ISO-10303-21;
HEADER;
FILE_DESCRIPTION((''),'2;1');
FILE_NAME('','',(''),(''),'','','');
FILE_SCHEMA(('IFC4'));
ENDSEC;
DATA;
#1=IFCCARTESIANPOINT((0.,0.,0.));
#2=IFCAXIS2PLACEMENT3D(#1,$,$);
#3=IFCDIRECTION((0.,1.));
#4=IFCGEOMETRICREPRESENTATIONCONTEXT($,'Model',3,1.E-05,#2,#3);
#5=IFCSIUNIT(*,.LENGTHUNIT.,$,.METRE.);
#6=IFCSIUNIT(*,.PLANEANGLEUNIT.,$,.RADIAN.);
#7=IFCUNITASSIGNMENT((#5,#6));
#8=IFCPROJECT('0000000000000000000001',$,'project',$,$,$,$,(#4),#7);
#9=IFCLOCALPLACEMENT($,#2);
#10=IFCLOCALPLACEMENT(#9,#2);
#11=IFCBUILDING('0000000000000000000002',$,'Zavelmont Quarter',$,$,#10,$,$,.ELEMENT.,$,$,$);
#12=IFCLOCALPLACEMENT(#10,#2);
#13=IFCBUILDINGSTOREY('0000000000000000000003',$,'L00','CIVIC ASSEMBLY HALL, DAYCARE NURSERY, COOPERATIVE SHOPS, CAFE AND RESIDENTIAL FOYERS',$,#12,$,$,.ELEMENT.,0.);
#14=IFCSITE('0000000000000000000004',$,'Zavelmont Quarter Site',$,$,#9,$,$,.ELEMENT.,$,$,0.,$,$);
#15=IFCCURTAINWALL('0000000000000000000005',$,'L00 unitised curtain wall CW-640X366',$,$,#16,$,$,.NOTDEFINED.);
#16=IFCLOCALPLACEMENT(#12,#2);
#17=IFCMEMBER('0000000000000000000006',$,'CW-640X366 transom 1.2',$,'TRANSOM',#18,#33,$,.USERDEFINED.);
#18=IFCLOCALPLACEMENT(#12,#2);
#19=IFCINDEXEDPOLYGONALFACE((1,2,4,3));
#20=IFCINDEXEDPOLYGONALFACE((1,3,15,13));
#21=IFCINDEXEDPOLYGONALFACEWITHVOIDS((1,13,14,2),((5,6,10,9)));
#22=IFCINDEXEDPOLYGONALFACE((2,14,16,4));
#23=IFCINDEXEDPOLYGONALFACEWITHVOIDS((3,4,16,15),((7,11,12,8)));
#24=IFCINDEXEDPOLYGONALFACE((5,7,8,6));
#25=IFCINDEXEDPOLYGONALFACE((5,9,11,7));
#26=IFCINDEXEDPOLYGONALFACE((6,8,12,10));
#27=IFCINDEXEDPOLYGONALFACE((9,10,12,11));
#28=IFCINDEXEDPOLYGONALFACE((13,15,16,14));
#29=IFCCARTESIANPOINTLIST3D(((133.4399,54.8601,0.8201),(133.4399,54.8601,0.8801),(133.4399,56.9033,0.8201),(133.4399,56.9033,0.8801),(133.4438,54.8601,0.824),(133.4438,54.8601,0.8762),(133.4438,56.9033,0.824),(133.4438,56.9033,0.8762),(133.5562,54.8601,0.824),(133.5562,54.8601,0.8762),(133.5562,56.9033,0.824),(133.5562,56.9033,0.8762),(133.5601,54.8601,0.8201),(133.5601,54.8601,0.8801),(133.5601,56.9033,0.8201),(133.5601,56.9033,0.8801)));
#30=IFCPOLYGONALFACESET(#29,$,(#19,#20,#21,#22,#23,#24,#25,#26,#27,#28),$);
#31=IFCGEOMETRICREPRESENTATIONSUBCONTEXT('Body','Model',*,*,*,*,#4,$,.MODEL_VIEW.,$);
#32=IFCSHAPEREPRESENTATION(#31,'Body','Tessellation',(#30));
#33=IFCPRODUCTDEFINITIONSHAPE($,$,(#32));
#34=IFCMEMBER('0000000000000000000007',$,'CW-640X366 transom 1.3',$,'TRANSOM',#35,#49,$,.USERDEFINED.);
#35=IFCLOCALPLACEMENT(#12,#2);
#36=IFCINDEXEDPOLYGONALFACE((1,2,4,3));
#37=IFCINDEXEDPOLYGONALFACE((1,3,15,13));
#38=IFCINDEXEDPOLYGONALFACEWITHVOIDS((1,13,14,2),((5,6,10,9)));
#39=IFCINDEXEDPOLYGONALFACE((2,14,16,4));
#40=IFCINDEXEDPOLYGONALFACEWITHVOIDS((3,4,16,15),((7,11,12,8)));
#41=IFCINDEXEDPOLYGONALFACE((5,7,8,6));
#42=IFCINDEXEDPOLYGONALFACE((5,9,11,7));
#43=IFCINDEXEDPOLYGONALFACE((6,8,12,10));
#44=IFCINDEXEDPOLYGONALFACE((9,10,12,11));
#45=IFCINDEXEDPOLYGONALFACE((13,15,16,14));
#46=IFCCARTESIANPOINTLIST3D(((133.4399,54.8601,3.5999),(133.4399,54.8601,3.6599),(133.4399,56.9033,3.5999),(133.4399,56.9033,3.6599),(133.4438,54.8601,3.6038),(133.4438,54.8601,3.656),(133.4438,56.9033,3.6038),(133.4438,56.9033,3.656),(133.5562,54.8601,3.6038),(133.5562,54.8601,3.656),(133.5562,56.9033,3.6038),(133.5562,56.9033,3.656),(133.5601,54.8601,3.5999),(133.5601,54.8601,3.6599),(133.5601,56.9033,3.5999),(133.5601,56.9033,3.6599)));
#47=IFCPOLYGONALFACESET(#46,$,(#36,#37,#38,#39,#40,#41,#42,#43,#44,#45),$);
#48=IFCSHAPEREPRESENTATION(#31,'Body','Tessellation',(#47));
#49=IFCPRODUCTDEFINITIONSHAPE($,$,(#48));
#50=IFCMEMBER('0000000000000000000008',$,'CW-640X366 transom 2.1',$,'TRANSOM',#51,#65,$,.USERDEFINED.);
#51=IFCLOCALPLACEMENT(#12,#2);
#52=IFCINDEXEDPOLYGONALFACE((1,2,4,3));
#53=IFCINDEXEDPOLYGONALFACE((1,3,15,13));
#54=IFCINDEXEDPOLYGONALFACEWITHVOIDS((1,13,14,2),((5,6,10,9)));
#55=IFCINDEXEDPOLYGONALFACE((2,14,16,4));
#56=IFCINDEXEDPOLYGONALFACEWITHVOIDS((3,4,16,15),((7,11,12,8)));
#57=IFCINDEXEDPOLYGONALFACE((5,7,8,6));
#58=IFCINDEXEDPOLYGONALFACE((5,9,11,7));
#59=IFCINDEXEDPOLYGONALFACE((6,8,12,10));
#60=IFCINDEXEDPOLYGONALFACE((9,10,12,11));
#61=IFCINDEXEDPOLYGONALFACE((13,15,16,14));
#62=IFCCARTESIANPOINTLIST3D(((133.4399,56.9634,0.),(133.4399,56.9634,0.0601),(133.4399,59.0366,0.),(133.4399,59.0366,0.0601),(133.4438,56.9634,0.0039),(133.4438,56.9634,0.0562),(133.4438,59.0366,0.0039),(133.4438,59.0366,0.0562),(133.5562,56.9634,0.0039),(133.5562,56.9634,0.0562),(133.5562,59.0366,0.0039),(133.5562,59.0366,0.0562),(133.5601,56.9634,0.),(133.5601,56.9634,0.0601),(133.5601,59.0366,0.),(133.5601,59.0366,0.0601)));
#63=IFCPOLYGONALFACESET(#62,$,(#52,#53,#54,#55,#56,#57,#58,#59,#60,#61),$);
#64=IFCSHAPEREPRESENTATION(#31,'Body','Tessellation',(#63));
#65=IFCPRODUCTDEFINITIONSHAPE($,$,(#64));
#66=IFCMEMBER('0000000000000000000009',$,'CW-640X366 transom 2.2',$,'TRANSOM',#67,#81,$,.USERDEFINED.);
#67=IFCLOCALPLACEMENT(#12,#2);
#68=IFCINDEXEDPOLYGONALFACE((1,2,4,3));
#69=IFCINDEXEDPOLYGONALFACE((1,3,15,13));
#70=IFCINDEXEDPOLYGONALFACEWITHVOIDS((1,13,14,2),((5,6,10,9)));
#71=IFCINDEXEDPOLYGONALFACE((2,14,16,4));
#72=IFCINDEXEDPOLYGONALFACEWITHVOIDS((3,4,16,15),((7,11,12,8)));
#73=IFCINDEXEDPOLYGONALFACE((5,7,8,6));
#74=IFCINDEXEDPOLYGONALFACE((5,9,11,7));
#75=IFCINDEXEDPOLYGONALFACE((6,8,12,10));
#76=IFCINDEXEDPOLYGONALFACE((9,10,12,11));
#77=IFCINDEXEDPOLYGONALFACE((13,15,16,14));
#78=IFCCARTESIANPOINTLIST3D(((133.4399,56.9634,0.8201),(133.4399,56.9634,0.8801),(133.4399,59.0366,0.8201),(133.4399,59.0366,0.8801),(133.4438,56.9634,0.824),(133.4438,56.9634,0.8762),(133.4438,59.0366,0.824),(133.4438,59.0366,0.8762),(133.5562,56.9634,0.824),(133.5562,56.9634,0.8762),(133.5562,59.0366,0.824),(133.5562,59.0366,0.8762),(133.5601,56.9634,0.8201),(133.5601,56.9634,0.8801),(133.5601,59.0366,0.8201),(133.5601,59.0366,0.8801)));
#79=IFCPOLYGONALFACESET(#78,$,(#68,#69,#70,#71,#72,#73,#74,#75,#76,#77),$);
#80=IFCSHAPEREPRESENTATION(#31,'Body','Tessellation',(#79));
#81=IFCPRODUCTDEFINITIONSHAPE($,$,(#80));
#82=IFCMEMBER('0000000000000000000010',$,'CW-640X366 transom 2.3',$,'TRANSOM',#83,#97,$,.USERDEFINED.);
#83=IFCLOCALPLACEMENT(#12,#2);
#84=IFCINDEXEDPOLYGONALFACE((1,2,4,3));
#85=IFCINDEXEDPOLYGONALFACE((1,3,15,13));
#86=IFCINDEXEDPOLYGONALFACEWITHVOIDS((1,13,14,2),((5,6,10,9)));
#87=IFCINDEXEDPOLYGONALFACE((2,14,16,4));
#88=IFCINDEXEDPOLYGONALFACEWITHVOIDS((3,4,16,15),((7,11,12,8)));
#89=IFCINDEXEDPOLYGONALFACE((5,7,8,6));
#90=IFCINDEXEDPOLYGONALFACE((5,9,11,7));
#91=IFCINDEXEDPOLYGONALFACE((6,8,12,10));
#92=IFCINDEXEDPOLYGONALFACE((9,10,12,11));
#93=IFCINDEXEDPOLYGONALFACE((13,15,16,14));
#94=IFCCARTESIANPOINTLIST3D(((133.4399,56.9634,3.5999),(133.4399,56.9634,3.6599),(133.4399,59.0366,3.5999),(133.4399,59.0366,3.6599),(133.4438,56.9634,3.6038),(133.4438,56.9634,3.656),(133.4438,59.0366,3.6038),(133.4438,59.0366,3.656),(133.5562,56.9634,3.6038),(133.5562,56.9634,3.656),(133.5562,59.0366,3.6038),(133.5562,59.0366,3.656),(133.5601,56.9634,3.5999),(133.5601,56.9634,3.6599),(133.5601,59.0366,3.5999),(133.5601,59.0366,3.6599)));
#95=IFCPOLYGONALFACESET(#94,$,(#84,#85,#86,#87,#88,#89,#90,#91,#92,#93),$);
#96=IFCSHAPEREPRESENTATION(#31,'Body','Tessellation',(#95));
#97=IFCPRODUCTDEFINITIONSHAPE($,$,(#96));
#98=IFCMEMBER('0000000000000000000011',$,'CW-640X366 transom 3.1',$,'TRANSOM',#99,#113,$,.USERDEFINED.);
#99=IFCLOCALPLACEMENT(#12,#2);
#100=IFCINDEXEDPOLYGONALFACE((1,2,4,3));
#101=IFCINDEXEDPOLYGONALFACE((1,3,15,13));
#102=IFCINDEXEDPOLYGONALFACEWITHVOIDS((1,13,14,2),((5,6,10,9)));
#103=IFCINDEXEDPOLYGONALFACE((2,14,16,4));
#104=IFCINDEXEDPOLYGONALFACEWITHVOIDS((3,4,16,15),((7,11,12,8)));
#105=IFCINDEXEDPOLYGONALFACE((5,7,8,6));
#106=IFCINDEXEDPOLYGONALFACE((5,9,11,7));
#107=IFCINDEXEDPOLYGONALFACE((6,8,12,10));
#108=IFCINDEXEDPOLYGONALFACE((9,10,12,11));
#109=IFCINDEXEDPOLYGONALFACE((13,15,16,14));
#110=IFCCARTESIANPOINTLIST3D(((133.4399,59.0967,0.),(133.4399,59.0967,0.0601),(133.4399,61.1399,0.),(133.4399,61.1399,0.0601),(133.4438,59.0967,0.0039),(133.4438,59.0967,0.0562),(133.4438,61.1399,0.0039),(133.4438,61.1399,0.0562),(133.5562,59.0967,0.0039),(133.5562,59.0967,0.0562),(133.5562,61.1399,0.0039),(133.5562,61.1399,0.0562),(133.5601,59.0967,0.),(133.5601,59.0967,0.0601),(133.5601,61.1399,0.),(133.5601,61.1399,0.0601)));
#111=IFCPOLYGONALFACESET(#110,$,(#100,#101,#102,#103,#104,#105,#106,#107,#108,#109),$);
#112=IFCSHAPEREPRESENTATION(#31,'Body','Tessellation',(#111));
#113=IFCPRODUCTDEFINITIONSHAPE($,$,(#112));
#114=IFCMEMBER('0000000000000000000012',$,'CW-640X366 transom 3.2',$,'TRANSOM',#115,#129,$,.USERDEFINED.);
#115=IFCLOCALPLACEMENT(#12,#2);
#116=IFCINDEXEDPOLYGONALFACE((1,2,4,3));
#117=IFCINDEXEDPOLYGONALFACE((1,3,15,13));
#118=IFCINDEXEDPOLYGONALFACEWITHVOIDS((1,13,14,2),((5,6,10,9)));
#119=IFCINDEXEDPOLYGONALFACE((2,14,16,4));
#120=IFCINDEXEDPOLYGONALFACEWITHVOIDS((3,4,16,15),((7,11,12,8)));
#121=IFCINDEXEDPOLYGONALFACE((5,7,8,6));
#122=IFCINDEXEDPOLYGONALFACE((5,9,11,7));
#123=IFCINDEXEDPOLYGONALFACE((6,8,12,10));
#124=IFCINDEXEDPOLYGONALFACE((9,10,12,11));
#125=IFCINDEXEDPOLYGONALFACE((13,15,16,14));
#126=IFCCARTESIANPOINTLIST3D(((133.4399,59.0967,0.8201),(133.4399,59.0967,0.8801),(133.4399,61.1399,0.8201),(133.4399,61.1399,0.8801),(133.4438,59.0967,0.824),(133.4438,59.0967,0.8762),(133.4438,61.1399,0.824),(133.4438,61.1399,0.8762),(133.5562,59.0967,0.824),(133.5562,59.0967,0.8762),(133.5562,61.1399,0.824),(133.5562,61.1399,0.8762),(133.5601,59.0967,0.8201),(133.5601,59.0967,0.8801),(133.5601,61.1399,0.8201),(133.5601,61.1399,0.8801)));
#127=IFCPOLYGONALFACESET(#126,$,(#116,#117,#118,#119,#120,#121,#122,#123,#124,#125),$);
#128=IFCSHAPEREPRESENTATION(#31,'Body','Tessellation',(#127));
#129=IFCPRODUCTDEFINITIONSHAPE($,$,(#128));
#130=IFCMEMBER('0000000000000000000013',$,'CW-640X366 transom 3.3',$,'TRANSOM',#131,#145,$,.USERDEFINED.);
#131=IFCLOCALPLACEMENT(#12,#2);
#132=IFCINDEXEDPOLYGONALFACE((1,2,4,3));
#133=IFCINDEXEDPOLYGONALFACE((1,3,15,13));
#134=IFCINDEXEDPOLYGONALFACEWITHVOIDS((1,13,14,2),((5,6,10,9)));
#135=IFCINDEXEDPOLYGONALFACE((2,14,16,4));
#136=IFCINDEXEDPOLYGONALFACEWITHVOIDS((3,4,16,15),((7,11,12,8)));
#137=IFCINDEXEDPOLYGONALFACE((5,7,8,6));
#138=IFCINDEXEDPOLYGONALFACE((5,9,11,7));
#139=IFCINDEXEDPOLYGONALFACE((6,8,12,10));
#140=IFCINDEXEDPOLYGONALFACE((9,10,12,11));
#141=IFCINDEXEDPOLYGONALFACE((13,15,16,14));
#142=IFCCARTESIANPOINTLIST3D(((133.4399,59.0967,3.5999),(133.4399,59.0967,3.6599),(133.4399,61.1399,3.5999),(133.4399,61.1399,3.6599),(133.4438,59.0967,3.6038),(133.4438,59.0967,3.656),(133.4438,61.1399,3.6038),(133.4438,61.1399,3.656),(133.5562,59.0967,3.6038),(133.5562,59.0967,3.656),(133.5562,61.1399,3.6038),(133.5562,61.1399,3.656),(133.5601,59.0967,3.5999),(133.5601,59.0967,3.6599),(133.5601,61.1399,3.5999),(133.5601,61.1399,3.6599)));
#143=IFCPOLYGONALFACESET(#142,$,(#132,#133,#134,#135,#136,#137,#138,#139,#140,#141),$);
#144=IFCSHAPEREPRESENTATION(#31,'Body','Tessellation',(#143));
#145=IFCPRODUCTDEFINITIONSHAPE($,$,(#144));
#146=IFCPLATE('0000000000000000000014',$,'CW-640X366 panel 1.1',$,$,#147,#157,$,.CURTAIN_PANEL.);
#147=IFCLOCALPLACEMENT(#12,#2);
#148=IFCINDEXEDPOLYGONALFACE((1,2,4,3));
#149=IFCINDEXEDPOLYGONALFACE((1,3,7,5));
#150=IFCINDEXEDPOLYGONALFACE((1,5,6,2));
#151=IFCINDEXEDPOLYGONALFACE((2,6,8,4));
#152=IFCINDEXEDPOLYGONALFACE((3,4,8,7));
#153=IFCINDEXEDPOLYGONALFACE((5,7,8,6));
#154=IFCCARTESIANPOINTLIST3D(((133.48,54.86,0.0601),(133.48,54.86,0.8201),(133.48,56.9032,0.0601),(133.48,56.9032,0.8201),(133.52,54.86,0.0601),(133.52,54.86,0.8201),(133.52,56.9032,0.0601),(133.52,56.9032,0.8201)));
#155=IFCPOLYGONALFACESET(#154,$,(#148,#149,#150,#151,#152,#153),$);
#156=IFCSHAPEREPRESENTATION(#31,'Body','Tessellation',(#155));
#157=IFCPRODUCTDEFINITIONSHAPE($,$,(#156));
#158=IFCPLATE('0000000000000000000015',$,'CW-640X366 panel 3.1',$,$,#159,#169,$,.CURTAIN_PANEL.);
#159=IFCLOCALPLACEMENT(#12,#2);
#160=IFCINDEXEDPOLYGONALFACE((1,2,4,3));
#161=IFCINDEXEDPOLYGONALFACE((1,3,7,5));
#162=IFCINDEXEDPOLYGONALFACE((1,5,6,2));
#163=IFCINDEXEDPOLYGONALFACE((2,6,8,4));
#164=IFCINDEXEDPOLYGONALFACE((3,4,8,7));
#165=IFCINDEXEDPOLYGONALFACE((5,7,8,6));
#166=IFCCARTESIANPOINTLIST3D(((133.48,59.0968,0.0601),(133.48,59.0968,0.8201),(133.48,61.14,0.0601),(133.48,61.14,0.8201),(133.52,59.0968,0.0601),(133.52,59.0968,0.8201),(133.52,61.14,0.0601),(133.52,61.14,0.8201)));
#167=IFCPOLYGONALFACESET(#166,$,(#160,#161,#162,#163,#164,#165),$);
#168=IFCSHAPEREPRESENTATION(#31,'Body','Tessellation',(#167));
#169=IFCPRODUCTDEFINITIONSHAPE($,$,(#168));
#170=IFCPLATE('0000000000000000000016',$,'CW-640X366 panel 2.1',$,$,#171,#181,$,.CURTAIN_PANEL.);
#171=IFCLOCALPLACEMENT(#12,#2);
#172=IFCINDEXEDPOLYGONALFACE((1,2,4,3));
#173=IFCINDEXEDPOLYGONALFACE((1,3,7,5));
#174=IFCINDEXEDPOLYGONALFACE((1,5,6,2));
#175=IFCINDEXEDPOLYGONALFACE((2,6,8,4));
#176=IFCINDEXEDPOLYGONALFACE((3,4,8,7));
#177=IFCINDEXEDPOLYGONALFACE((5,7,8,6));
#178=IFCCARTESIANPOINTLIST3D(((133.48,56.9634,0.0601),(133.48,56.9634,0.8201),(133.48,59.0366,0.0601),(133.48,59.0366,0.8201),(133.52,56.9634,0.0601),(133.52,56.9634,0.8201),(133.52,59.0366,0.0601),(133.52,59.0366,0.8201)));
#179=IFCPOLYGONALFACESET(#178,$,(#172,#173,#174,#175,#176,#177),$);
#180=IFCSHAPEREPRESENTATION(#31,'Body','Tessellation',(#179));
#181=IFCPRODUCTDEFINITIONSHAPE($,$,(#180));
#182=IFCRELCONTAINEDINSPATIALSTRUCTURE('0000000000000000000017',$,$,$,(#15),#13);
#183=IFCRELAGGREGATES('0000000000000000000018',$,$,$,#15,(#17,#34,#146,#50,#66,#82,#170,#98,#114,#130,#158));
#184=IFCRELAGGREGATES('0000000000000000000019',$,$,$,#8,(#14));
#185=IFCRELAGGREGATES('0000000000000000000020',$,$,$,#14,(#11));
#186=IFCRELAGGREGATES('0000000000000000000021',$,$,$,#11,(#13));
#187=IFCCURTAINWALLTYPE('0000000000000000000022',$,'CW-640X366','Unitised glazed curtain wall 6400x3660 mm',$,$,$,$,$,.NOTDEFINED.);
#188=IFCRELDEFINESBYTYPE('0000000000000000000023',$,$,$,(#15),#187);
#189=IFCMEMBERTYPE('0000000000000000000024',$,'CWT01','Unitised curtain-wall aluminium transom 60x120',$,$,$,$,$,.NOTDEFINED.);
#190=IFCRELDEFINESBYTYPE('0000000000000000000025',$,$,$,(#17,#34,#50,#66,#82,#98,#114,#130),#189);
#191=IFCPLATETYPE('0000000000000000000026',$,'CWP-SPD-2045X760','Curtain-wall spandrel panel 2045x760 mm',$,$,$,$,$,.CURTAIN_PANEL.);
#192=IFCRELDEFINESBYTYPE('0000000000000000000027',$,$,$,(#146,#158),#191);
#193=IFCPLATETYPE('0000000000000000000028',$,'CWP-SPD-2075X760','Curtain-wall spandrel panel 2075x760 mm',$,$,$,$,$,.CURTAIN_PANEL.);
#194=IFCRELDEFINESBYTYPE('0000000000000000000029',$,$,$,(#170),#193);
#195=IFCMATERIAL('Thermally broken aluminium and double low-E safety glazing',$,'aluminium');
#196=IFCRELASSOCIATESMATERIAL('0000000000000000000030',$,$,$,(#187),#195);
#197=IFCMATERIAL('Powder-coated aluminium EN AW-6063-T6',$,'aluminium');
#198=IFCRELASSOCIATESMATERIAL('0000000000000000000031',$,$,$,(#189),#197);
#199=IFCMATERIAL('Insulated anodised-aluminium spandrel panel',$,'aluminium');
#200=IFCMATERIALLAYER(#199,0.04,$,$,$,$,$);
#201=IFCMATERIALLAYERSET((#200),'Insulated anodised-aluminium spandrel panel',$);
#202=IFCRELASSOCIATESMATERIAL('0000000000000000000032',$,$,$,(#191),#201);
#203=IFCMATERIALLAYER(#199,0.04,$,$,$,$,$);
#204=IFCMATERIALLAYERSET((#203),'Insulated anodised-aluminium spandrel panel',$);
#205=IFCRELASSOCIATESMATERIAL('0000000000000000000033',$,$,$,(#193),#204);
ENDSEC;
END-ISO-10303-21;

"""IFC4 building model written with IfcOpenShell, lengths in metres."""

from ifc_helpers import new_model, si_unit, direction, frame, origin, origin_2d, place, context, subcontext, project, spatial, rectangle, hollow_rectangle, extrude, material, layer, layer_set, material_profile, profile_set, type_object, element, aggregate, save


model = new_model("IFC4")

# Units and contexts
model_context = context("Model", 3, precision=1e-05, world=origin(), true_north=direction((0.0, 1.0)))
body_context = subcontext(model_context, "Body", "Model", "MODEL_VIEW")
ifc_project = project(units=[si_unit("LENGTHUNIT", "METRE"), si_unit("PLANEANGLEUNIT", "RADIAN")], contexts=[model_context])

# Site, building, storey
site_placement = place(None, origin())
site = spatial("IfcSite", under=ifc_project, at=site_placement, Name="Zavelmont Quarter Site", CompositionType="ELEMENT", RefElevation=0.0)
building_placement = place(site_placement, origin())
building = spatial("IfcBuilding", under=site, at=building_placement, Name="Zavelmont Quarter", CompositionType="ELEMENT")
storey_placement = place(building_placement, origin())
storey = spatial("IfcBuildingStorey", under=building, at=storey_placement, Name="L00", Description="CIVIC ASSEMBLY HALL, DAYCARE NURSERY, COOPERATIVE SHOPS, CAFE AND RESIDENTIAL FOYERS", CompositionType="ELEMENT", Elevation=0.0)

# Curtain wall, members, plates
ifc_material_1 = material(Name="Thermally broken aluminium and double low-E safety glazing", Category="aluminium")
curtain_wall_type = type_object("IfcCurtainWallType", Name="CW-640X366", Description="Unitised glazed curtain wall 6400x3660 mm", PredefinedType="NOTDEFINED", material=ifc_material_1)
curtain_wall_placement = place(storey_placement, origin())
curtain_wall = element("IfcCurtainWall", 1, at=curtain_wall_placement, inside=storey, type_object=curtain_wall_type, Name="L00 unitised curtain wall CW-640X366", PredefinedType="NOTDEFINED")
ifc_material_2 = material(Name="Powder-coated aluminium EN AW-6063-T6", Category="aluminium")
ifc_material_profile_1 = material_profile(ifc_material_2, hollow_rectangle(XDim=0.1201, YDim=0.0601, WallThickness=0.0039, at=origin_2d()), Name="CWT60X120")
ifc_profile_set_1 = profile_set([ifc_material_profile_1], Name="Powder-coated aluminium EN AW-6063-T6")
member_type_1 = type_object("IfcMemberType", Name="CWT01", Description="Unitised curtain-wall aluminium transom 60x120", PredefinedType="NOTDEFINED", material=ifc_profile_set_1)
member_1_placement = place(storey_placement, frame((133.5, 54.8601, 0.8501), z_axis=(0.0, 1.0, 0.0), x_axis=(-1.0, 0.0, 0.0)))
member_1 = element("IfcMember", 2, at=member_1_placement, type_object=member_type_1, Name="CW-640X366 transom 1.2", ObjectType="TRANSOM", PredefinedType="USERDEFINED", context=body_context, shape_type="SweptSolid", body=[
    extrude(hollow_rectangle(XDim=0.1201, YDim=0.0601, WallThickness=0.0039, at=origin_2d()), origin(), (0.0, 0.0, 1.0), 2.0432),
])
member_2_placement = place(storey_placement, frame((133.5, 54.8601, 3.6299), z_axis=(0.0, 1.0, 0.0), x_axis=(-1.0, 0.0, 0.0)))
member_2 = element("IfcMember", 3, at=member_2_placement, type_object=member_type_1, Name="CW-640X366 transom 1.3", ObjectType="TRANSOM", PredefinedType="USERDEFINED", context=body_context, shape_type="SweptSolid", body=[
    extrude(hollow_rectangle(XDim=0.1201, YDim=0.0601, WallThickness=0.0039, at=origin_2d()), origin(), (0.0, 0.0, 1.0), 2.0432),
])
member_3_placement = place(storey_placement, frame((133.5, 56.9634, 0.03), z_axis=(0.0, 1.0, 0.0), x_axis=(-1.0, 0.0, 0.0)))
member_3 = element("IfcMember", 4, at=member_3_placement, type_object=member_type_1, Name="CW-640X366 transom 2.1", ObjectType="TRANSOM", PredefinedType="USERDEFINED", context=body_context, shape_type="SweptSolid", body=[
    extrude(hollow_rectangle(XDim=0.1201, YDim=0.0601, WallThickness=0.0039, at=origin_2d()), origin(), (0.0, 0.0, 1.0), 2.0732),
])
member_4_placement = place(storey_placement, frame((133.5, 56.9634, 0.8501), z_axis=(0.0, 1.0, 0.0), x_axis=(-1.0, 0.0, 0.0)))
member_4 = element("IfcMember", 5, at=member_4_placement, type_object=member_type_1, Name="CW-640X366 transom 2.2", ObjectType="TRANSOM", PredefinedType="USERDEFINED", context=body_context, shape_type="SweptSolid", body=[
    extrude(hollow_rectangle(XDim=0.1201, YDim=0.0601, WallThickness=0.0039, at=origin_2d()), origin(), (0.0, 0.0, 1.0), 2.0732),
])
member_5_placement = place(storey_placement, frame((133.5, 56.9634, 3.6299), z_axis=(0.0, 1.0, 0.0), x_axis=(-1.0, 0.0, 0.0)))
member_5 = element("IfcMember", 6, at=member_5_placement, type_object=member_type_1, Name="CW-640X366 transom 2.3", ObjectType="TRANSOM", PredefinedType="USERDEFINED", context=body_context, shape_type="SweptSolid", body=[
    extrude(hollow_rectangle(XDim=0.1201, YDim=0.0601, WallThickness=0.0039, at=origin_2d()), origin(), (0.0, 0.0, 1.0), 2.0732),
])
member_6_placement = place(storey_placement, frame((133.5, 59.0967, 0.03), z_axis=(0.0, 1.0, 0.0), x_axis=(-1.0, 0.0, 0.0)))
member_6 = element("IfcMember", 7, at=member_6_placement, type_object=member_type_1, Name="CW-640X366 transom 3.1", ObjectType="TRANSOM", PredefinedType="USERDEFINED", context=body_context, shape_type="SweptSolid", body=[
    extrude(hollow_rectangle(XDim=0.1201, YDim=0.0601, WallThickness=0.0039, at=origin_2d()), origin(), (0.0, 0.0, 1.0), 2.0432),
])
member_7_placement = place(storey_placement, frame((133.5, 59.0967, 0.8501), z_axis=(0.0, 1.0, 0.0), x_axis=(-1.0, 0.0, 0.0)))
member_7 = element("IfcMember", 8, at=member_7_placement, type_object=member_type_1, Name="CW-640X366 transom 3.2", ObjectType="TRANSOM", PredefinedType="USERDEFINED", context=body_context, shape_type="SweptSolid", body=[
    extrude(hollow_rectangle(XDim=0.1201, YDim=0.0601, WallThickness=0.0039, at=origin_2d()), origin(), (0.0, 0.0, 1.0), 2.0432),
])
member_8_placement = place(storey_placement, frame((133.5, 59.0967, 3.6299), z_axis=(0.0, 1.0, 0.0), x_axis=(-1.0, 0.0, 0.0)))
member_8 = element("IfcMember", 9, at=member_8_placement, type_object=member_type_1, Name="CW-640X366 transom 3.3", ObjectType="TRANSOM", PredefinedType="USERDEFINED", context=body_context, shape_type="SweptSolid", body=[
    extrude(hollow_rectangle(XDim=0.1201, YDim=0.0601, WallThickness=0.0039, at=origin_2d()), origin(), (0.0, 0.0, 1.0), 2.0432),
])
ifc_material_3 = material(Name="Insulated anodised-aluminium spandrel panel", Category="aluminium")
ifc_layer_1 = layer(ifc_material_3, 0.04)
ifc_layer_set_1 = layer_set([ifc_layer_1], Name="Insulated anodised-aluminium spandrel panel")
plate_type_1 = type_object("IfcPlateType", Name="CWP-SPD-2045X760", Description="Curtain-wall spandrel panel 2045x760 mm", PredefinedType="CURTAIN_PANEL", material=ifc_layer_set_1)
plate_1_placement = place(storey_placement, frame((133.5, 55.8816, 0.0601), z_axis=(0.0, 0.0, 1.0), x_axis=(0.0, 1.0, 0.0)))
plate_1 = element("IfcPlate", 10, at=plate_1_placement, type_object=plate_type_1, Name="CW-640X366 panel 1.1", PredefinedType="CURTAIN_PANEL", context=body_context, shape_type="SweptSolid", body=[
    extrude(rectangle(XDim=2.0432, YDim=0.04, at=origin_2d()), origin(), (0.0, 0.0, 1.0), 0.76),
])
plate_2_placement = place(storey_placement, frame((133.5, 60.1184, 0.0601), z_axis=(0.0, 0.0, 1.0), x_axis=(0.0, 1.0, 0.0)))
plate_2 = element("IfcPlate", 11, at=plate_2_placement, type_object=plate_type_1, Name="CW-640X366 panel 3.1", PredefinedType="CURTAIN_PANEL", context=body_context, shape_type="SweptSolid", body=[
    extrude(rectangle(XDim=2.0432, YDim=0.04, at=origin_2d()), origin(), (0.0, 0.0, 1.0), 0.76),
])
ifc_layer_2 = layer(ifc_material_3, 0.04)
ifc_layer_set_2 = layer_set([ifc_layer_2], Name="Insulated anodised-aluminium spandrel panel")
plate_type_2 = type_object("IfcPlateType", Name="CWP-SPD-2075X760", Description="Curtain-wall spandrel panel 2075x760 mm", PredefinedType="CURTAIN_PANEL", material=ifc_layer_set_2)
plate_3_placement = place(storey_placement, frame((133.5, 58.0, 0.0601), z_axis=(0.0, 0.0, 1.0), x_axis=(0.0, 1.0, 0.0)))
plate_3 = element("IfcPlate", 12, at=plate_3_placement, type_object=plate_type_2, Name="CW-640X366 panel 2.1", PredefinedType="CURTAIN_PANEL", context=body_context, shape_type="SweptSolid", body=[
    extrude(rectangle(XDim=2.0732, YDim=0.04, at=origin_2d()), origin(), (0.0, 0.0, 1.0), 0.76),
])
aggregate(curtain_wall, [member_1, member_2, plate_1, member_3, member_4, member_5, plate_3, member_6, member_7, member_8, plate_2])

save(model, "model.ifc")
